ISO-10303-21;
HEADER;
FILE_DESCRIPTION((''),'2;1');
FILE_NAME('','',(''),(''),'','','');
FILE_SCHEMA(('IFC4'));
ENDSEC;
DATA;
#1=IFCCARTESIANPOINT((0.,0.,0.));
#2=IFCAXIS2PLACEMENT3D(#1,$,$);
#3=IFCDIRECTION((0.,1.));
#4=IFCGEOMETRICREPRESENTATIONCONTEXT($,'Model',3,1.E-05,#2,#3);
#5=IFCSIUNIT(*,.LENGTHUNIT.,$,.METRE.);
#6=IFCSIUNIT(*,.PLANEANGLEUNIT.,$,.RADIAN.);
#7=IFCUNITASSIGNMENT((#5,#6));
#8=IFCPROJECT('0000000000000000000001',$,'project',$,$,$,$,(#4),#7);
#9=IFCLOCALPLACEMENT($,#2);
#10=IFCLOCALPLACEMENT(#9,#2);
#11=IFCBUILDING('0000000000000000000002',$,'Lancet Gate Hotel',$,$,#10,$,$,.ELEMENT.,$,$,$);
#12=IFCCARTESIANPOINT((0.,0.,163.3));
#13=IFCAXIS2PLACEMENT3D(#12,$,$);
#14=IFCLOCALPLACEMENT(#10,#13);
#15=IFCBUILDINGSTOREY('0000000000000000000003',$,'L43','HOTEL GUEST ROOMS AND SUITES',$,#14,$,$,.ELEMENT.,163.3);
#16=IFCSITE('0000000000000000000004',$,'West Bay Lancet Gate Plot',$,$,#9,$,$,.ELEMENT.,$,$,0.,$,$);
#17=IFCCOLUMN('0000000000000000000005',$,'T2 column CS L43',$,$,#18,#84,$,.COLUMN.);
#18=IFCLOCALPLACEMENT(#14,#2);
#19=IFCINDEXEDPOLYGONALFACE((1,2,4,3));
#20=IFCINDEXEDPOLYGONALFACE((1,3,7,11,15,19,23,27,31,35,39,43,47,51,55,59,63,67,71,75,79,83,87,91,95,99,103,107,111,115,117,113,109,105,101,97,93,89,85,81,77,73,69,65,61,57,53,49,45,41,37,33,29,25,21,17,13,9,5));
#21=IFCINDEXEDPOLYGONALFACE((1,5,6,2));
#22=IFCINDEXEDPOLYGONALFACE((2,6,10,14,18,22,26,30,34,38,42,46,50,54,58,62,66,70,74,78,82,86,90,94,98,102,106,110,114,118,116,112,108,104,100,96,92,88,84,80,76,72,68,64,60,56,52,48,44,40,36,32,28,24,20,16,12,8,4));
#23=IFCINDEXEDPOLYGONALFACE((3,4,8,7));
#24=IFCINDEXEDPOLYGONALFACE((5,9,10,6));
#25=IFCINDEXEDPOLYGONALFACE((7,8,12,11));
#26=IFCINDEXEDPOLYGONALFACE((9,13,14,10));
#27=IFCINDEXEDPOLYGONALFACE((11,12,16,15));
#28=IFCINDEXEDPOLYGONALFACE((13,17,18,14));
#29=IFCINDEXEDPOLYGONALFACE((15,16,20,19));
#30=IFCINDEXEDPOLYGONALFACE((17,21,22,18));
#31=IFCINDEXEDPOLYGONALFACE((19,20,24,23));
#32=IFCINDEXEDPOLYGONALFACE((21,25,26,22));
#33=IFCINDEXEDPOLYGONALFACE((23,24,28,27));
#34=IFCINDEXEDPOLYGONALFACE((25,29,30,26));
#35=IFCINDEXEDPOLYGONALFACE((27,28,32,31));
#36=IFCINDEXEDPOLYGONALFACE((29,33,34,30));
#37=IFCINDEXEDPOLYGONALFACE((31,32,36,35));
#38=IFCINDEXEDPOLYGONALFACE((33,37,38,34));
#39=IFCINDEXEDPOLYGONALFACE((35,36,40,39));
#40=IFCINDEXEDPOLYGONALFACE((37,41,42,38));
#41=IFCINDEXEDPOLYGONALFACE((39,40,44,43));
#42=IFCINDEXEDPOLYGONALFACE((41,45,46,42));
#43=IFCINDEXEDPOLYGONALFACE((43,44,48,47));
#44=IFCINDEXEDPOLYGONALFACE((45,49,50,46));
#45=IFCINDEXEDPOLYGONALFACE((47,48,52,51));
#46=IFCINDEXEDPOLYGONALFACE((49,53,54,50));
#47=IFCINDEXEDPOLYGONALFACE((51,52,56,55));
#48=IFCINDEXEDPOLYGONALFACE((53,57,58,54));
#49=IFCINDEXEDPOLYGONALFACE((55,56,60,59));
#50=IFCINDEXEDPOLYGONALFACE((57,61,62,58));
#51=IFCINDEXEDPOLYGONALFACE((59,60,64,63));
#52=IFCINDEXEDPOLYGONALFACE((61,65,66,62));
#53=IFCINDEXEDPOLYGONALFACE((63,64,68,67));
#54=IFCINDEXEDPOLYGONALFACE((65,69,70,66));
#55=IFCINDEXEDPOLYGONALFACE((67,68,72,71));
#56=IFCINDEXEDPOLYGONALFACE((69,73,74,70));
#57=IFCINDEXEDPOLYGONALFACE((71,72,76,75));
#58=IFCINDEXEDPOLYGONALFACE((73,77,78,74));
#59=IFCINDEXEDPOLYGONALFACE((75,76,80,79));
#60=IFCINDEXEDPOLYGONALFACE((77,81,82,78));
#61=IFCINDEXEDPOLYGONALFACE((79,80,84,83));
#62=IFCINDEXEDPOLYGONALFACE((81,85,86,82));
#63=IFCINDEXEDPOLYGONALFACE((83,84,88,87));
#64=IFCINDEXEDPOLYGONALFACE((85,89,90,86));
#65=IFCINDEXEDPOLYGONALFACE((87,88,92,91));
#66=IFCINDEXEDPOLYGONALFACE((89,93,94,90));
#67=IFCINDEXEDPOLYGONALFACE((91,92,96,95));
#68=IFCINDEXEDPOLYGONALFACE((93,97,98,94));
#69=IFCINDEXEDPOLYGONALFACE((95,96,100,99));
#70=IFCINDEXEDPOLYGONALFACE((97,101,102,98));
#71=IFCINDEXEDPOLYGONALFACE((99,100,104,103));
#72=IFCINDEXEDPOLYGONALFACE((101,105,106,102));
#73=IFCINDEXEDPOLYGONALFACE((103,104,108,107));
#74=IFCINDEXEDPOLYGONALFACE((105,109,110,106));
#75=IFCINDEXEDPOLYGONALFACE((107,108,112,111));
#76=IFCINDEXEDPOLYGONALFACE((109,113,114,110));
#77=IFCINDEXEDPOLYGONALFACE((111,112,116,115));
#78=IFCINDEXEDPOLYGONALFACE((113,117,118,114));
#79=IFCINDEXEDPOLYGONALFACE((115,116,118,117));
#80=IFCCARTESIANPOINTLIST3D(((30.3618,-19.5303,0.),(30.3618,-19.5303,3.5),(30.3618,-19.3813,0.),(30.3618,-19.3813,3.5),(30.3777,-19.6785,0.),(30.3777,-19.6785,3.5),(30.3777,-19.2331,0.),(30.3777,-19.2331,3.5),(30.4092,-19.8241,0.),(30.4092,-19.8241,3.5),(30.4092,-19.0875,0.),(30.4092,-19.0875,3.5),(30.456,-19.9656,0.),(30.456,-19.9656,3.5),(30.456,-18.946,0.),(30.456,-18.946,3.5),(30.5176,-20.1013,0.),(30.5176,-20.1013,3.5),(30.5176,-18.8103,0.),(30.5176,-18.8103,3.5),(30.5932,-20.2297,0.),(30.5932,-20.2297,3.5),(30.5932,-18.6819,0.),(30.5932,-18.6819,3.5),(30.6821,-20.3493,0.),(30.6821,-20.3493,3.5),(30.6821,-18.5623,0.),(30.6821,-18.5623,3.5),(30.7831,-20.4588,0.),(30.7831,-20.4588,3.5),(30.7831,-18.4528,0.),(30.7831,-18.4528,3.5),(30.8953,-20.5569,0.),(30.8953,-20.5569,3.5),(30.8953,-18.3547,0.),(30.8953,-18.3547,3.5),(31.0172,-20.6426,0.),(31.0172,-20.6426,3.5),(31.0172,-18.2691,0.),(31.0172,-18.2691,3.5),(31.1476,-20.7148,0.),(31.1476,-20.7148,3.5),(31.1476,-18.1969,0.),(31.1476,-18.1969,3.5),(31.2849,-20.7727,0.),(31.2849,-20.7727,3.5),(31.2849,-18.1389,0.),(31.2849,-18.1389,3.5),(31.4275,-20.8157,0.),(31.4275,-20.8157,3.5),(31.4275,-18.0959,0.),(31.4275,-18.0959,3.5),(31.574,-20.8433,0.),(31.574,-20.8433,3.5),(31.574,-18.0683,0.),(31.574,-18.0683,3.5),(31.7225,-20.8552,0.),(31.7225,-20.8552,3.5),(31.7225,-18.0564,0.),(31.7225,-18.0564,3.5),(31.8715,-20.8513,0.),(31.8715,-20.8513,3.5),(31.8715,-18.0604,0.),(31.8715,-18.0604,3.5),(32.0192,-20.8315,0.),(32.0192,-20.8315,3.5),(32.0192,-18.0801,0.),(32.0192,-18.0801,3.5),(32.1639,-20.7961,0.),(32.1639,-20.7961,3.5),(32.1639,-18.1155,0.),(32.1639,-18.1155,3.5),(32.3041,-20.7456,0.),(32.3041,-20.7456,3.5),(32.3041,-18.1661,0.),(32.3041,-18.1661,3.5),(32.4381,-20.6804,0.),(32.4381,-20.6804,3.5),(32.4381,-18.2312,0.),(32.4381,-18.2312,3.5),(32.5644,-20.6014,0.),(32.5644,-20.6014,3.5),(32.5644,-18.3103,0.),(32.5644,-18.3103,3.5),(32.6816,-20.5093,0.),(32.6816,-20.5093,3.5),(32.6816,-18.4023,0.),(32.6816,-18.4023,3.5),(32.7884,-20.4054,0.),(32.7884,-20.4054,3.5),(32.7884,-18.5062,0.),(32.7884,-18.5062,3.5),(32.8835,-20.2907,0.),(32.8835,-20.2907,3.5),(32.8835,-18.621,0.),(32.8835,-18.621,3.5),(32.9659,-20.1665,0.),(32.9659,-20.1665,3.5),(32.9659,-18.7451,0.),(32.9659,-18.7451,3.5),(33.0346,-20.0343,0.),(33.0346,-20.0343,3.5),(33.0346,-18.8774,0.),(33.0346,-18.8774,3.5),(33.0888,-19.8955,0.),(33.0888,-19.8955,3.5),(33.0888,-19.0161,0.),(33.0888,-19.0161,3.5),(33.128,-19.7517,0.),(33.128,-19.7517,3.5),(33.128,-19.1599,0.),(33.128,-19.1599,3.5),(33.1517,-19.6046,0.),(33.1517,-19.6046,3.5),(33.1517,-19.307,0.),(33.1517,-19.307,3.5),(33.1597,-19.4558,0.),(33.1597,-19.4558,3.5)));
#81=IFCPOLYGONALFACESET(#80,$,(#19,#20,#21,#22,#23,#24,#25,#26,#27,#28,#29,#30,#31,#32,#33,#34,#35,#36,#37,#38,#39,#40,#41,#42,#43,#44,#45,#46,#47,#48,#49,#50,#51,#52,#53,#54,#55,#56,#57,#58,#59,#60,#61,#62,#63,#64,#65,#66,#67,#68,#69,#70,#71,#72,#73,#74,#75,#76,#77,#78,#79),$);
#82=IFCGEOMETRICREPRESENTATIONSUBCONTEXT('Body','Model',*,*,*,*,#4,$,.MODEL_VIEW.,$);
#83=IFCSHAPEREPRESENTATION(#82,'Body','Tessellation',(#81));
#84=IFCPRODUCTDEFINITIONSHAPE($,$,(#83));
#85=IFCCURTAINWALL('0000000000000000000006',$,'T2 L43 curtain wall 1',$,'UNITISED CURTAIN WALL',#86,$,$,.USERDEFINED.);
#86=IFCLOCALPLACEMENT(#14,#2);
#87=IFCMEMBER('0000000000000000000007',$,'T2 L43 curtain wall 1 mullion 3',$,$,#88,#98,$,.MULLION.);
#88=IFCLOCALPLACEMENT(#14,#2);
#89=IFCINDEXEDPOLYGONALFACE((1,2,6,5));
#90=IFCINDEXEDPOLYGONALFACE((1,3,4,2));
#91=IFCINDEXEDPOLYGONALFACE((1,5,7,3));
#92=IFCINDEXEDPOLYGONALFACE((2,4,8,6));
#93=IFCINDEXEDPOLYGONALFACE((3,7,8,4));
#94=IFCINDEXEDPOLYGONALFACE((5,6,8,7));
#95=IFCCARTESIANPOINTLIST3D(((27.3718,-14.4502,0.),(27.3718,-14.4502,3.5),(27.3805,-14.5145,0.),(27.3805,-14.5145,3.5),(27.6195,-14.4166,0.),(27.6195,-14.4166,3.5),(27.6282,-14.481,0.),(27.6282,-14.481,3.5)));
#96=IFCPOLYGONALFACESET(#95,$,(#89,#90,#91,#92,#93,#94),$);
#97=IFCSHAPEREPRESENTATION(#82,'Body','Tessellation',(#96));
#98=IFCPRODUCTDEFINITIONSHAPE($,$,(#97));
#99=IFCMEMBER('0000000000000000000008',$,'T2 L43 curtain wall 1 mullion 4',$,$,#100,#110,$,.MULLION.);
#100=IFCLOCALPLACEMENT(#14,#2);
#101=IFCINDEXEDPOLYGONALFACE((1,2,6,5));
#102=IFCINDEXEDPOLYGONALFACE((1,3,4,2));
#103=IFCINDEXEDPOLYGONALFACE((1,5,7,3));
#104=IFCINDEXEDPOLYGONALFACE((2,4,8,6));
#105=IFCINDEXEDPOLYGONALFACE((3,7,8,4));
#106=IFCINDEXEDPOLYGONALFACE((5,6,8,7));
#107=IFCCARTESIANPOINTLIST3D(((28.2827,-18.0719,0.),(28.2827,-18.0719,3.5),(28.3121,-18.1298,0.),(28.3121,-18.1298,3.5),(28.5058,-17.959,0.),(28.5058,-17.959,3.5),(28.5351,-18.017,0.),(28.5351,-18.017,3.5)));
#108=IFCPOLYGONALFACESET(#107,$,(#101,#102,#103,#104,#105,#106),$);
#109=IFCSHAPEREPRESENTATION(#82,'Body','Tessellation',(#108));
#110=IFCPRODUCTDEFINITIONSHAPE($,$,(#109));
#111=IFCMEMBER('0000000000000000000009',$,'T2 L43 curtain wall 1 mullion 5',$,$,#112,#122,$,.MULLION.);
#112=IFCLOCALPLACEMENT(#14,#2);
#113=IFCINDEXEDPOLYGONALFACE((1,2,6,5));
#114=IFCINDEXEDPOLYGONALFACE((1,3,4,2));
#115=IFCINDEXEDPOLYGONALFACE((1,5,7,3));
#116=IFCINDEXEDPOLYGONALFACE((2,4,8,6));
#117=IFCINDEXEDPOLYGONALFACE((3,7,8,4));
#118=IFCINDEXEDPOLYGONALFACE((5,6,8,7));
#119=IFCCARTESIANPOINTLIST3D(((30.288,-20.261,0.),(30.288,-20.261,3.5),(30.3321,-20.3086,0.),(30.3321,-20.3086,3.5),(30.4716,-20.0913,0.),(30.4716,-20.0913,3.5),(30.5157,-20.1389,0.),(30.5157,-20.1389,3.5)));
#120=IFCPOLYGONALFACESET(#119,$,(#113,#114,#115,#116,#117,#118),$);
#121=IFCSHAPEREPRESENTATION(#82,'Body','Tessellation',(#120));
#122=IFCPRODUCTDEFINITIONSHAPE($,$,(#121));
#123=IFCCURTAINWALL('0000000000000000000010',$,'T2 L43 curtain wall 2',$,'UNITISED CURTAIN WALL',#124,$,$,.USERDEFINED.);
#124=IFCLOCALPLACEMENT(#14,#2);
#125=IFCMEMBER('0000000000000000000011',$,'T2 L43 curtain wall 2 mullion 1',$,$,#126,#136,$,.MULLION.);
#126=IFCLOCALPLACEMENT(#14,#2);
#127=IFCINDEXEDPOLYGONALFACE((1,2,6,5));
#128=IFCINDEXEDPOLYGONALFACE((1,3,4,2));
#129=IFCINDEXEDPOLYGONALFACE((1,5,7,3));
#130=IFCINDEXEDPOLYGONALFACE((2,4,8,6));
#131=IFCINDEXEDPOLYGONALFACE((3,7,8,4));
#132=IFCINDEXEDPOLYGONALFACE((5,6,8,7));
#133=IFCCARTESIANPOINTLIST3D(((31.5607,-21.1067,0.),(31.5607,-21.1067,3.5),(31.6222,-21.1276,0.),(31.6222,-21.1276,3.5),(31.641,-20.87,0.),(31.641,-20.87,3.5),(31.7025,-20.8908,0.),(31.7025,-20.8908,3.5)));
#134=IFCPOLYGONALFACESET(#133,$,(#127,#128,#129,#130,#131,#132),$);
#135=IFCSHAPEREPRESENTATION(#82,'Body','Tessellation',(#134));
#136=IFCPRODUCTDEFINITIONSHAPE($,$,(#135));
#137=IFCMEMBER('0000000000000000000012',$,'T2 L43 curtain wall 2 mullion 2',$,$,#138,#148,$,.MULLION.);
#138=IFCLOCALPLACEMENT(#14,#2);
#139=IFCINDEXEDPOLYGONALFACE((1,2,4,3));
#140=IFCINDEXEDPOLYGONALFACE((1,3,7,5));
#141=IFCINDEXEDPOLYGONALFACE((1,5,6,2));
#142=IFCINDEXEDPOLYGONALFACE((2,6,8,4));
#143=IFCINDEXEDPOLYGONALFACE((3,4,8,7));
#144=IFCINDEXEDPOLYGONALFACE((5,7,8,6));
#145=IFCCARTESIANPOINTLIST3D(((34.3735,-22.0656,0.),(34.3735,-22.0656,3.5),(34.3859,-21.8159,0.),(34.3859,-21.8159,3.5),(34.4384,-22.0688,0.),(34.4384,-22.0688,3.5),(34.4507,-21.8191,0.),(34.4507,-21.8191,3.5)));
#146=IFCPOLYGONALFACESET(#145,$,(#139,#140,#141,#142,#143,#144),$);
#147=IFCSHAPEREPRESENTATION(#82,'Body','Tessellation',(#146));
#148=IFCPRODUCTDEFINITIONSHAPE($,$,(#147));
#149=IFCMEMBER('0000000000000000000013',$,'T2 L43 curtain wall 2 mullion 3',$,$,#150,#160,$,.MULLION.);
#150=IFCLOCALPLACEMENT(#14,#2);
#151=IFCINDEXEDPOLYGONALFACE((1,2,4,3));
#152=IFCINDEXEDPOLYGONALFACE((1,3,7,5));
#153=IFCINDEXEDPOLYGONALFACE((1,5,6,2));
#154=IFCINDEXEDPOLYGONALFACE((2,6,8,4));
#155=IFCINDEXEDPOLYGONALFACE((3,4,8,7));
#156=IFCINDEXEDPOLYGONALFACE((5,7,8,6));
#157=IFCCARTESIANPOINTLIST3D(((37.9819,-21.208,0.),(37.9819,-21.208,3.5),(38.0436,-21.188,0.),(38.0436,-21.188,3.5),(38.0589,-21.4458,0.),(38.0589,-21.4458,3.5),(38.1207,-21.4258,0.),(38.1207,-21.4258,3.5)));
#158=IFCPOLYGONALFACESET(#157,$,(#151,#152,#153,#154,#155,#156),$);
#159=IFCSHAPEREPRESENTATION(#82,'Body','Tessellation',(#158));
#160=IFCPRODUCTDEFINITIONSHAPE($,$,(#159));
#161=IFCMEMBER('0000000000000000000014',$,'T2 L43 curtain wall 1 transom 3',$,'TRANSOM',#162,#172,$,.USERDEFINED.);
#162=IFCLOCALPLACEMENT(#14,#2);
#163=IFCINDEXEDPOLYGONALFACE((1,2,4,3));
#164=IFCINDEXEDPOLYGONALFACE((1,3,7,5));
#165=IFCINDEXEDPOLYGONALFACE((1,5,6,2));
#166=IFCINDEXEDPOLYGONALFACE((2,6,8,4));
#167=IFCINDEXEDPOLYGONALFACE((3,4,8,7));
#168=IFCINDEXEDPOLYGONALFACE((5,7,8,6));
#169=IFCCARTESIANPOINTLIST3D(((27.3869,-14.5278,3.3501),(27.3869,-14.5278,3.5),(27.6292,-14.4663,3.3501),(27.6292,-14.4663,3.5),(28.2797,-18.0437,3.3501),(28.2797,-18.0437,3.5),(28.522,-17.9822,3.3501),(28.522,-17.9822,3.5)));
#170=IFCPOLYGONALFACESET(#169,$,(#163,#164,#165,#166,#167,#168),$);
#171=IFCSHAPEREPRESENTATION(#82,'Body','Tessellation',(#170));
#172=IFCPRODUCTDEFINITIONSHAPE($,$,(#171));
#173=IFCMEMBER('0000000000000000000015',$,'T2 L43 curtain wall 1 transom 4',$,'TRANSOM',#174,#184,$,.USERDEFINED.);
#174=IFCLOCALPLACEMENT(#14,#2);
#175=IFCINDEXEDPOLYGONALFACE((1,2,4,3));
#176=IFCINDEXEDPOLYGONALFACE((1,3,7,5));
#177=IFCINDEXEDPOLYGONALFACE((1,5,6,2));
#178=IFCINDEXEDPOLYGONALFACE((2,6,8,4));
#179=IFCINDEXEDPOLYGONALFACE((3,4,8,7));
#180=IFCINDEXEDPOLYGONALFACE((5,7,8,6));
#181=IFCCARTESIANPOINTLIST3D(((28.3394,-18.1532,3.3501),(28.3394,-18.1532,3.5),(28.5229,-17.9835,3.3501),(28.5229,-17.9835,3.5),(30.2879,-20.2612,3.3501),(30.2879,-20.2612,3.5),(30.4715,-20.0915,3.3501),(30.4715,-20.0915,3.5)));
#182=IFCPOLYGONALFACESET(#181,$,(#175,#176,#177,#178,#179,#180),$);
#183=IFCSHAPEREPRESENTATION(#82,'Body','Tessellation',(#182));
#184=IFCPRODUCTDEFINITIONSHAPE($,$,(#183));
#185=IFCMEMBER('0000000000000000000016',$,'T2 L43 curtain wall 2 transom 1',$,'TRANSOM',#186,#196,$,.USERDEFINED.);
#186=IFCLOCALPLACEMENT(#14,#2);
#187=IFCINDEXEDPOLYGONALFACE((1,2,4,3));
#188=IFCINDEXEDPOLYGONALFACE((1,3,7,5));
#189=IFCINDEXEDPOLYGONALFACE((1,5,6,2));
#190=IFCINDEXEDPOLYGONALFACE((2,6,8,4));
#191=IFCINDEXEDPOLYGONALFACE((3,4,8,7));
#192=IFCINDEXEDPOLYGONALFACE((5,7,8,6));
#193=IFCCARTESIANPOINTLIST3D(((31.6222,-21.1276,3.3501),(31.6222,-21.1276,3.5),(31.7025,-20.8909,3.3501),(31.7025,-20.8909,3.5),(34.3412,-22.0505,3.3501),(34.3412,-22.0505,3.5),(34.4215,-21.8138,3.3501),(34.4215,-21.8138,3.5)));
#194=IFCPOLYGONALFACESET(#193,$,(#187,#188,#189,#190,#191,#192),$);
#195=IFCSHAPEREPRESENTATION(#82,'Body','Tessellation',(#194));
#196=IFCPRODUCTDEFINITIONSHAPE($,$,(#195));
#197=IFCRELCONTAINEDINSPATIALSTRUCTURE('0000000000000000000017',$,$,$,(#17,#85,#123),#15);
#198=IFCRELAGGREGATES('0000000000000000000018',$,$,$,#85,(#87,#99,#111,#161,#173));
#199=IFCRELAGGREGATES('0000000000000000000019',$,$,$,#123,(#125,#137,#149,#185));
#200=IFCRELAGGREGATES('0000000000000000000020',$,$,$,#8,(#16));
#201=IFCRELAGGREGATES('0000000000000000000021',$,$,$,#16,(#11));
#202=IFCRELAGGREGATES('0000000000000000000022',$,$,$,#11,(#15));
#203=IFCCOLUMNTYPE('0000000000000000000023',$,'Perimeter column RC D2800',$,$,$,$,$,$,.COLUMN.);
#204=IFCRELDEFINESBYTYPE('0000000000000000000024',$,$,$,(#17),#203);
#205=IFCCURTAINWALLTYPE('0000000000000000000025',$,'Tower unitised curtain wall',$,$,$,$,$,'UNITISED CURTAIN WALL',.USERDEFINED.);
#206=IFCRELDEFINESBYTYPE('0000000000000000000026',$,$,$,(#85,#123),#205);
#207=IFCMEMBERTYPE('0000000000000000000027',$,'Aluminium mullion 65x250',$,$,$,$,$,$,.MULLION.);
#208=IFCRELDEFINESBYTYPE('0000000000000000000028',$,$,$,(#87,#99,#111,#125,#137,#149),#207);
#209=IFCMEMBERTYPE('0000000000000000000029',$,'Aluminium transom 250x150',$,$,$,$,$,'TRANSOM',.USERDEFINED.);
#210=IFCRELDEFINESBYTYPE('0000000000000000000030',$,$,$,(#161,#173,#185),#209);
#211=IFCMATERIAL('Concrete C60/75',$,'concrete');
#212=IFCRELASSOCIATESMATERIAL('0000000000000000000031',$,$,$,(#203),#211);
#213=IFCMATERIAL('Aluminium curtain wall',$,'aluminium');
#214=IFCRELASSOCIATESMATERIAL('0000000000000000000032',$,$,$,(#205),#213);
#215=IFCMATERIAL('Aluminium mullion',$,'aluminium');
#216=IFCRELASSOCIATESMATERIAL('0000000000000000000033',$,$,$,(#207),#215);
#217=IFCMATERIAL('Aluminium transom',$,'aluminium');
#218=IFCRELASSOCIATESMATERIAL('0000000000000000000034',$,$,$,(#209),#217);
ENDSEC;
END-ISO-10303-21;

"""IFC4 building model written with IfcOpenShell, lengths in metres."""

from ifc_helpers import new_model, si_unit, direction, frame, origin, origin_2d, place, context, subcontext, project, spatial, rectangle, circle, extrude, material, material_profile, profile_set, type_object, element, aggregate, save


model = new_model("IFC4")

# Units and contexts
model_context = context("Model", 3, precision=1e-05, world=origin(), true_north=direction((0.0, 1.0)))
body_context = subcontext(model_context, "Body", "Model", "MODEL_VIEW")
ifc_project = project(units=[si_unit("LENGTHUNIT", "METRE"), si_unit("PLANEANGLEUNIT", "RADIAN")], contexts=[model_context])

# Site, building, storey
site_placement = place(None, origin())
site = spatial("IfcSite", under=ifc_project, at=site_placement, Name="West Bay Lancet Gate Plot", CompositionType="ELEMENT", RefElevation=0.0)
building_placement = place(site_placement, origin())
building = spatial("IfcBuilding", under=site, at=building_placement, Name="Lancet Gate Hotel", CompositionType="ELEMENT")
storey_placement = place(building_placement, frame((0.0, 0.0, 163.3)))
storey = spatial("IfcBuildingStorey", under=building, at=storey_placement, Name="L43", Description="HOTEL GUEST ROOMS AND SUITES", CompositionType="ELEMENT", Elevation=163.3)

# Column
ifc_material_1 = material(Name="Concrete C60/75", Category="concrete")
ifc_material_profile_1 = material_profile(ifc_material_1, circle(Radius=1.3999, at=origin_2d()), Name="RC D2800")
ifc_profile_set_1 = profile_set([ifc_material_profile_1], Name="Concrete C60/75")
column_type = type_object("IfcColumnType", Name="Perimeter column RC D2800", PredefinedType="COLUMN", material=ifc_profile_set_1)
column_placement = place(storey_placement, frame((31.7598, -19.4558, 0.0), z_axis=(0.0, 0.0, 1.0), x_axis=(1.0, 0.0, 0.0)))
element("IfcColumn", 1, at=column_placement, inside=storey, type_object=column_type, Name="T2 column CS L43", PredefinedType="COLUMN", context=body_context, shape_type="SweptSolid", body=[
    extrude(circle(Radius=1.3999, at=origin_2d()), origin(), (0.0, 0.0, 1.0), 3.5),
])

# Curtain walls, members
ifc_material_2 = material(Name="Aluminium curtain wall", Category="aluminium")
curtain_wall_type = type_object("IfcCurtainWallType", Name="Tower unitised curtain wall", ElementType="UNITISED CURTAIN WALL", PredefinedType="USERDEFINED", material=ifc_material_2)
curtain_wall_1_placement = place(storey_placement, origin())
curtain_wall_1 = element("IfcCurtainWall", 2, at=curtain_wall_1_placement, inside=storey, type_object=curtain_wall_type, Name="T2 L43 curtain wall 1", ObjectType="UNITISED CURTAIN WALL", PredefinedType="USERDEFINED")
ifc_material_3 = material(Name="Aluminium mullion", Category="aluminium")
ifc_material_profile_2 = material_profile(ifc_material_3, rectangle(XDim=0.0649, YDim=0.25, at=origin_2d()), Name="MULLION 65x250")
ifc_profile_set_2 = profile_set([ifc_material_profile_2], Name="Aluminium mullion")
member_type_1 = type_object("IfcMemberType", Name="Aluminium mullion 65x250", PredefinedType="MULLION", material=ifc_profile_set_2)
member_1_placement = place(storey_placement, frame((27.5, -14.4656, 0.0), z_axis=(0.0, 0.0, 1.0), x_axis=(0.134207, -0.990953, 0.0)))
member_1 = element("IfcMember", 3, at=member_1_placement, type_object=member_type_1, Name="T2 L43 curtain wall 1 mullion 3", PredefinedType="MULLION", context=body_context, shape_type="SweptSolid", body=[
    extrude(rectangle(XDim=0.0649, YDim=0.25, at=origin_2d()), origin(), (0.0, 0.0, 1.0), 3.5),
])
member_2_placement = place(storey_placement, frame((28.4089, -18.0444, 0.0), z_axis=(0.0, 0.0, 1.0), x_axis=(0.451506, -0.892268, 0.0)))
member_2 = element("IfcMember", 4, at=member_2_placement, type_object=member_type_1, Name="T2 L43 curtain wall 1 mullion 4", PredefinedType="MULLION", context=body_context, shape_type="SweptSolid", body=[
    extrude(rectangle(XDim=0.0649, YDim=0.25, at=origin_2d()), origin(), (0.0, 0.0, 1.0), 3.5),
])
member_3_placement = place(storey_placement, frame((30.4019, -20.2, 0.0), z_axis=(0.0, 0.0, 1.0), x_axis=(0.678831, -0.734294, 0.0)))
member_3 = element("IfcMember", 5, at=member_3_placement, type_object=member_type_1, Name="T2 L43 curtain wall 1 mullion 5", PredefinedType="MULLION", context=body_context, shape_type="SweptSolid", body=[
    extrude(rectangle(XDim=0.0649, YDim=0.25, at=origin_2d()), origin(), (0.0, 0.0, 1.0), 3.5),
])
curtain_wall_2_placement = place(storey_placement, origin())
curtain_wall_2 = element("IfcCurtainWall", 6, at=curtain_wall_2_placement, inside=storey, type_object=curtain_wall_type, Name="T2 L43 curtain wall 2", ObjectType="UNITISED CURTAIN WALL", PredefinedType="USERDEFINED")
member_4_placement = place(storey_placement, frame((31.6316, -20.9988, 0.0), z_axis=(0.0, 0.0, 1.0), x_axis=(0.946952, -0.321374, 0.0)))
member_4 = element("IfcMember", 7, at=member_4_placement, type_object=member_type_1, Name="T2 L43 curtain wall 2 mullion 1", PredefinedType="MULLION", context=body_context, shape_type="SweptSolid", body=[
    extrude(rectangle(XDim=0.0649, YDim=0.25, at=origin_2d()), origin(), (0.0, 0.0, 1.0), 3.5),
])
member_5_placement = place(storey_placement, frame((34.4121, -21.9424, 0.0), z_axis=(0.0, 0.0, 1.0), x_axis=(0.998776, -0.049471, 0.0)))
member_5 = element("IfcMember", 8, at=member_5_placement, type_object=member_type_1, Name="T2 L43 curtain wall 2 mullion 2", PredefinedType="MULLION", context=body_context, shape_type="SweptSolid", body=[
    extrude(rectangle(XDim=0.0649, YDim=0.25, at=origin_2d()), origin(), (0.0, 0.0, 1.0), 3.5),
])
member_6_placement = place(storey_placement, frame((38.0513, -21.3169, 0.0), z_axis=(0.0, 0.0, 1.0), x_axis=(0.951355, 0.308095, 0.0)))
member_6 = element("IfcMember", 9, at=member_6_placement, type_object=member_type_1, Name="T2 L43 curtain wall 2 mullion 3", PredefinedType="MULLION", context=body_context, shape_type="SweptSolid", body=[
    extrude(rectangle(XDim=0.0649, YDim=0.25, at=origin_2d()), origin(), (0.0, 0.0, 1.0), 3.5),
])

# Members
ifc_material_4 = material(Name="Aluminium transom", Category="aluminium")
ifc_material_profile_3 = material_profile(ifc_material_4, rectangle(XDim=0.25, YDim=0.1499, at=origin_2d()), Name="TRANSOM 250x150")
ifc_profile_set_3 = profile_set([ifc_material_profile_3], Name="Aluminium transom")
member_type_2 = type_object("IfcMemberType", Name="Aluminium transom 250x150", ElementType="TRANSOM", PredefinedType="USERDEFINED", material=ifc_profile_set_3)
member_7_placement = place(storey_placement, frame((27.5081, -14.4971, 3.425), z_axis=(0.246129, -0.969237, 0.0), x_axis=(0.969237, 0.246129, 0.0)))
member_7 = element("IfcMember", 10, at=member_7_placement, type_object=member_type_2, Name="T2 L43 curtain wall 1 transom 3", ObjectType="TRANSOM", PredefinedType="USERDEFINED", context=body_context, shape_type="SweptSolid", body=[
    extrude(rectangle(XDim=0.25, YDim=0.1499, at=origin_2d()), origin(), (0.0, 0.0, 1.0), 3.6274),
])
member_8_placement = place(storey_placement, frame((28.4312, -18.0684, 3.425), z_axis=(0.678792, -0.73433, 0.0), x_axis=(0.73433, 0.678792, 0.0)))
member_8 = element("IfcMember", 11, at=member_8_placement, type_object=member_type_2, Name="T2 L43 curtain wall 1 transom 4", ObjectType="TRANSOM", PredefinedType="USERDEFINED", context=body_context, shape_type="SweptSolid", body=[
    extrude(rectangle(XDim=0.25, YDim=0.1499, at=origin_2d()), origin(), (0.0, 0.0, 1.0), 2.8706),
])
member_9_placement = place(storey_placement, frame((31.6624, -21.0093, 3.425), z_axis=(0.946943, -0.321401, 0.0), x_axis=(0.321401, 0.946943, 0.0)))
member_9 = element("IfcMember", 12, at=member_9_placement, type_object=member_type_2, Name="T2 L43 curtain wall 2 transom 1", ObjectType="TRANSOM", PredefinedType="USERDEFINED", context=body_context, shape_type="SweptSolid", body=[
    extrude(rectangle(XDim=0.25, YDim=0.1499, at=origin_2d()), origin(), (0.0, 0.0, 1.0), 2.8713),
])

aggregate(curtain_wall_1, [member_1, member_2, member_3, member_7, member_8])
aggregate(curtain_wall_2, [member_4, member_5, member_6, member_9])

save(model, "model.ifc")
